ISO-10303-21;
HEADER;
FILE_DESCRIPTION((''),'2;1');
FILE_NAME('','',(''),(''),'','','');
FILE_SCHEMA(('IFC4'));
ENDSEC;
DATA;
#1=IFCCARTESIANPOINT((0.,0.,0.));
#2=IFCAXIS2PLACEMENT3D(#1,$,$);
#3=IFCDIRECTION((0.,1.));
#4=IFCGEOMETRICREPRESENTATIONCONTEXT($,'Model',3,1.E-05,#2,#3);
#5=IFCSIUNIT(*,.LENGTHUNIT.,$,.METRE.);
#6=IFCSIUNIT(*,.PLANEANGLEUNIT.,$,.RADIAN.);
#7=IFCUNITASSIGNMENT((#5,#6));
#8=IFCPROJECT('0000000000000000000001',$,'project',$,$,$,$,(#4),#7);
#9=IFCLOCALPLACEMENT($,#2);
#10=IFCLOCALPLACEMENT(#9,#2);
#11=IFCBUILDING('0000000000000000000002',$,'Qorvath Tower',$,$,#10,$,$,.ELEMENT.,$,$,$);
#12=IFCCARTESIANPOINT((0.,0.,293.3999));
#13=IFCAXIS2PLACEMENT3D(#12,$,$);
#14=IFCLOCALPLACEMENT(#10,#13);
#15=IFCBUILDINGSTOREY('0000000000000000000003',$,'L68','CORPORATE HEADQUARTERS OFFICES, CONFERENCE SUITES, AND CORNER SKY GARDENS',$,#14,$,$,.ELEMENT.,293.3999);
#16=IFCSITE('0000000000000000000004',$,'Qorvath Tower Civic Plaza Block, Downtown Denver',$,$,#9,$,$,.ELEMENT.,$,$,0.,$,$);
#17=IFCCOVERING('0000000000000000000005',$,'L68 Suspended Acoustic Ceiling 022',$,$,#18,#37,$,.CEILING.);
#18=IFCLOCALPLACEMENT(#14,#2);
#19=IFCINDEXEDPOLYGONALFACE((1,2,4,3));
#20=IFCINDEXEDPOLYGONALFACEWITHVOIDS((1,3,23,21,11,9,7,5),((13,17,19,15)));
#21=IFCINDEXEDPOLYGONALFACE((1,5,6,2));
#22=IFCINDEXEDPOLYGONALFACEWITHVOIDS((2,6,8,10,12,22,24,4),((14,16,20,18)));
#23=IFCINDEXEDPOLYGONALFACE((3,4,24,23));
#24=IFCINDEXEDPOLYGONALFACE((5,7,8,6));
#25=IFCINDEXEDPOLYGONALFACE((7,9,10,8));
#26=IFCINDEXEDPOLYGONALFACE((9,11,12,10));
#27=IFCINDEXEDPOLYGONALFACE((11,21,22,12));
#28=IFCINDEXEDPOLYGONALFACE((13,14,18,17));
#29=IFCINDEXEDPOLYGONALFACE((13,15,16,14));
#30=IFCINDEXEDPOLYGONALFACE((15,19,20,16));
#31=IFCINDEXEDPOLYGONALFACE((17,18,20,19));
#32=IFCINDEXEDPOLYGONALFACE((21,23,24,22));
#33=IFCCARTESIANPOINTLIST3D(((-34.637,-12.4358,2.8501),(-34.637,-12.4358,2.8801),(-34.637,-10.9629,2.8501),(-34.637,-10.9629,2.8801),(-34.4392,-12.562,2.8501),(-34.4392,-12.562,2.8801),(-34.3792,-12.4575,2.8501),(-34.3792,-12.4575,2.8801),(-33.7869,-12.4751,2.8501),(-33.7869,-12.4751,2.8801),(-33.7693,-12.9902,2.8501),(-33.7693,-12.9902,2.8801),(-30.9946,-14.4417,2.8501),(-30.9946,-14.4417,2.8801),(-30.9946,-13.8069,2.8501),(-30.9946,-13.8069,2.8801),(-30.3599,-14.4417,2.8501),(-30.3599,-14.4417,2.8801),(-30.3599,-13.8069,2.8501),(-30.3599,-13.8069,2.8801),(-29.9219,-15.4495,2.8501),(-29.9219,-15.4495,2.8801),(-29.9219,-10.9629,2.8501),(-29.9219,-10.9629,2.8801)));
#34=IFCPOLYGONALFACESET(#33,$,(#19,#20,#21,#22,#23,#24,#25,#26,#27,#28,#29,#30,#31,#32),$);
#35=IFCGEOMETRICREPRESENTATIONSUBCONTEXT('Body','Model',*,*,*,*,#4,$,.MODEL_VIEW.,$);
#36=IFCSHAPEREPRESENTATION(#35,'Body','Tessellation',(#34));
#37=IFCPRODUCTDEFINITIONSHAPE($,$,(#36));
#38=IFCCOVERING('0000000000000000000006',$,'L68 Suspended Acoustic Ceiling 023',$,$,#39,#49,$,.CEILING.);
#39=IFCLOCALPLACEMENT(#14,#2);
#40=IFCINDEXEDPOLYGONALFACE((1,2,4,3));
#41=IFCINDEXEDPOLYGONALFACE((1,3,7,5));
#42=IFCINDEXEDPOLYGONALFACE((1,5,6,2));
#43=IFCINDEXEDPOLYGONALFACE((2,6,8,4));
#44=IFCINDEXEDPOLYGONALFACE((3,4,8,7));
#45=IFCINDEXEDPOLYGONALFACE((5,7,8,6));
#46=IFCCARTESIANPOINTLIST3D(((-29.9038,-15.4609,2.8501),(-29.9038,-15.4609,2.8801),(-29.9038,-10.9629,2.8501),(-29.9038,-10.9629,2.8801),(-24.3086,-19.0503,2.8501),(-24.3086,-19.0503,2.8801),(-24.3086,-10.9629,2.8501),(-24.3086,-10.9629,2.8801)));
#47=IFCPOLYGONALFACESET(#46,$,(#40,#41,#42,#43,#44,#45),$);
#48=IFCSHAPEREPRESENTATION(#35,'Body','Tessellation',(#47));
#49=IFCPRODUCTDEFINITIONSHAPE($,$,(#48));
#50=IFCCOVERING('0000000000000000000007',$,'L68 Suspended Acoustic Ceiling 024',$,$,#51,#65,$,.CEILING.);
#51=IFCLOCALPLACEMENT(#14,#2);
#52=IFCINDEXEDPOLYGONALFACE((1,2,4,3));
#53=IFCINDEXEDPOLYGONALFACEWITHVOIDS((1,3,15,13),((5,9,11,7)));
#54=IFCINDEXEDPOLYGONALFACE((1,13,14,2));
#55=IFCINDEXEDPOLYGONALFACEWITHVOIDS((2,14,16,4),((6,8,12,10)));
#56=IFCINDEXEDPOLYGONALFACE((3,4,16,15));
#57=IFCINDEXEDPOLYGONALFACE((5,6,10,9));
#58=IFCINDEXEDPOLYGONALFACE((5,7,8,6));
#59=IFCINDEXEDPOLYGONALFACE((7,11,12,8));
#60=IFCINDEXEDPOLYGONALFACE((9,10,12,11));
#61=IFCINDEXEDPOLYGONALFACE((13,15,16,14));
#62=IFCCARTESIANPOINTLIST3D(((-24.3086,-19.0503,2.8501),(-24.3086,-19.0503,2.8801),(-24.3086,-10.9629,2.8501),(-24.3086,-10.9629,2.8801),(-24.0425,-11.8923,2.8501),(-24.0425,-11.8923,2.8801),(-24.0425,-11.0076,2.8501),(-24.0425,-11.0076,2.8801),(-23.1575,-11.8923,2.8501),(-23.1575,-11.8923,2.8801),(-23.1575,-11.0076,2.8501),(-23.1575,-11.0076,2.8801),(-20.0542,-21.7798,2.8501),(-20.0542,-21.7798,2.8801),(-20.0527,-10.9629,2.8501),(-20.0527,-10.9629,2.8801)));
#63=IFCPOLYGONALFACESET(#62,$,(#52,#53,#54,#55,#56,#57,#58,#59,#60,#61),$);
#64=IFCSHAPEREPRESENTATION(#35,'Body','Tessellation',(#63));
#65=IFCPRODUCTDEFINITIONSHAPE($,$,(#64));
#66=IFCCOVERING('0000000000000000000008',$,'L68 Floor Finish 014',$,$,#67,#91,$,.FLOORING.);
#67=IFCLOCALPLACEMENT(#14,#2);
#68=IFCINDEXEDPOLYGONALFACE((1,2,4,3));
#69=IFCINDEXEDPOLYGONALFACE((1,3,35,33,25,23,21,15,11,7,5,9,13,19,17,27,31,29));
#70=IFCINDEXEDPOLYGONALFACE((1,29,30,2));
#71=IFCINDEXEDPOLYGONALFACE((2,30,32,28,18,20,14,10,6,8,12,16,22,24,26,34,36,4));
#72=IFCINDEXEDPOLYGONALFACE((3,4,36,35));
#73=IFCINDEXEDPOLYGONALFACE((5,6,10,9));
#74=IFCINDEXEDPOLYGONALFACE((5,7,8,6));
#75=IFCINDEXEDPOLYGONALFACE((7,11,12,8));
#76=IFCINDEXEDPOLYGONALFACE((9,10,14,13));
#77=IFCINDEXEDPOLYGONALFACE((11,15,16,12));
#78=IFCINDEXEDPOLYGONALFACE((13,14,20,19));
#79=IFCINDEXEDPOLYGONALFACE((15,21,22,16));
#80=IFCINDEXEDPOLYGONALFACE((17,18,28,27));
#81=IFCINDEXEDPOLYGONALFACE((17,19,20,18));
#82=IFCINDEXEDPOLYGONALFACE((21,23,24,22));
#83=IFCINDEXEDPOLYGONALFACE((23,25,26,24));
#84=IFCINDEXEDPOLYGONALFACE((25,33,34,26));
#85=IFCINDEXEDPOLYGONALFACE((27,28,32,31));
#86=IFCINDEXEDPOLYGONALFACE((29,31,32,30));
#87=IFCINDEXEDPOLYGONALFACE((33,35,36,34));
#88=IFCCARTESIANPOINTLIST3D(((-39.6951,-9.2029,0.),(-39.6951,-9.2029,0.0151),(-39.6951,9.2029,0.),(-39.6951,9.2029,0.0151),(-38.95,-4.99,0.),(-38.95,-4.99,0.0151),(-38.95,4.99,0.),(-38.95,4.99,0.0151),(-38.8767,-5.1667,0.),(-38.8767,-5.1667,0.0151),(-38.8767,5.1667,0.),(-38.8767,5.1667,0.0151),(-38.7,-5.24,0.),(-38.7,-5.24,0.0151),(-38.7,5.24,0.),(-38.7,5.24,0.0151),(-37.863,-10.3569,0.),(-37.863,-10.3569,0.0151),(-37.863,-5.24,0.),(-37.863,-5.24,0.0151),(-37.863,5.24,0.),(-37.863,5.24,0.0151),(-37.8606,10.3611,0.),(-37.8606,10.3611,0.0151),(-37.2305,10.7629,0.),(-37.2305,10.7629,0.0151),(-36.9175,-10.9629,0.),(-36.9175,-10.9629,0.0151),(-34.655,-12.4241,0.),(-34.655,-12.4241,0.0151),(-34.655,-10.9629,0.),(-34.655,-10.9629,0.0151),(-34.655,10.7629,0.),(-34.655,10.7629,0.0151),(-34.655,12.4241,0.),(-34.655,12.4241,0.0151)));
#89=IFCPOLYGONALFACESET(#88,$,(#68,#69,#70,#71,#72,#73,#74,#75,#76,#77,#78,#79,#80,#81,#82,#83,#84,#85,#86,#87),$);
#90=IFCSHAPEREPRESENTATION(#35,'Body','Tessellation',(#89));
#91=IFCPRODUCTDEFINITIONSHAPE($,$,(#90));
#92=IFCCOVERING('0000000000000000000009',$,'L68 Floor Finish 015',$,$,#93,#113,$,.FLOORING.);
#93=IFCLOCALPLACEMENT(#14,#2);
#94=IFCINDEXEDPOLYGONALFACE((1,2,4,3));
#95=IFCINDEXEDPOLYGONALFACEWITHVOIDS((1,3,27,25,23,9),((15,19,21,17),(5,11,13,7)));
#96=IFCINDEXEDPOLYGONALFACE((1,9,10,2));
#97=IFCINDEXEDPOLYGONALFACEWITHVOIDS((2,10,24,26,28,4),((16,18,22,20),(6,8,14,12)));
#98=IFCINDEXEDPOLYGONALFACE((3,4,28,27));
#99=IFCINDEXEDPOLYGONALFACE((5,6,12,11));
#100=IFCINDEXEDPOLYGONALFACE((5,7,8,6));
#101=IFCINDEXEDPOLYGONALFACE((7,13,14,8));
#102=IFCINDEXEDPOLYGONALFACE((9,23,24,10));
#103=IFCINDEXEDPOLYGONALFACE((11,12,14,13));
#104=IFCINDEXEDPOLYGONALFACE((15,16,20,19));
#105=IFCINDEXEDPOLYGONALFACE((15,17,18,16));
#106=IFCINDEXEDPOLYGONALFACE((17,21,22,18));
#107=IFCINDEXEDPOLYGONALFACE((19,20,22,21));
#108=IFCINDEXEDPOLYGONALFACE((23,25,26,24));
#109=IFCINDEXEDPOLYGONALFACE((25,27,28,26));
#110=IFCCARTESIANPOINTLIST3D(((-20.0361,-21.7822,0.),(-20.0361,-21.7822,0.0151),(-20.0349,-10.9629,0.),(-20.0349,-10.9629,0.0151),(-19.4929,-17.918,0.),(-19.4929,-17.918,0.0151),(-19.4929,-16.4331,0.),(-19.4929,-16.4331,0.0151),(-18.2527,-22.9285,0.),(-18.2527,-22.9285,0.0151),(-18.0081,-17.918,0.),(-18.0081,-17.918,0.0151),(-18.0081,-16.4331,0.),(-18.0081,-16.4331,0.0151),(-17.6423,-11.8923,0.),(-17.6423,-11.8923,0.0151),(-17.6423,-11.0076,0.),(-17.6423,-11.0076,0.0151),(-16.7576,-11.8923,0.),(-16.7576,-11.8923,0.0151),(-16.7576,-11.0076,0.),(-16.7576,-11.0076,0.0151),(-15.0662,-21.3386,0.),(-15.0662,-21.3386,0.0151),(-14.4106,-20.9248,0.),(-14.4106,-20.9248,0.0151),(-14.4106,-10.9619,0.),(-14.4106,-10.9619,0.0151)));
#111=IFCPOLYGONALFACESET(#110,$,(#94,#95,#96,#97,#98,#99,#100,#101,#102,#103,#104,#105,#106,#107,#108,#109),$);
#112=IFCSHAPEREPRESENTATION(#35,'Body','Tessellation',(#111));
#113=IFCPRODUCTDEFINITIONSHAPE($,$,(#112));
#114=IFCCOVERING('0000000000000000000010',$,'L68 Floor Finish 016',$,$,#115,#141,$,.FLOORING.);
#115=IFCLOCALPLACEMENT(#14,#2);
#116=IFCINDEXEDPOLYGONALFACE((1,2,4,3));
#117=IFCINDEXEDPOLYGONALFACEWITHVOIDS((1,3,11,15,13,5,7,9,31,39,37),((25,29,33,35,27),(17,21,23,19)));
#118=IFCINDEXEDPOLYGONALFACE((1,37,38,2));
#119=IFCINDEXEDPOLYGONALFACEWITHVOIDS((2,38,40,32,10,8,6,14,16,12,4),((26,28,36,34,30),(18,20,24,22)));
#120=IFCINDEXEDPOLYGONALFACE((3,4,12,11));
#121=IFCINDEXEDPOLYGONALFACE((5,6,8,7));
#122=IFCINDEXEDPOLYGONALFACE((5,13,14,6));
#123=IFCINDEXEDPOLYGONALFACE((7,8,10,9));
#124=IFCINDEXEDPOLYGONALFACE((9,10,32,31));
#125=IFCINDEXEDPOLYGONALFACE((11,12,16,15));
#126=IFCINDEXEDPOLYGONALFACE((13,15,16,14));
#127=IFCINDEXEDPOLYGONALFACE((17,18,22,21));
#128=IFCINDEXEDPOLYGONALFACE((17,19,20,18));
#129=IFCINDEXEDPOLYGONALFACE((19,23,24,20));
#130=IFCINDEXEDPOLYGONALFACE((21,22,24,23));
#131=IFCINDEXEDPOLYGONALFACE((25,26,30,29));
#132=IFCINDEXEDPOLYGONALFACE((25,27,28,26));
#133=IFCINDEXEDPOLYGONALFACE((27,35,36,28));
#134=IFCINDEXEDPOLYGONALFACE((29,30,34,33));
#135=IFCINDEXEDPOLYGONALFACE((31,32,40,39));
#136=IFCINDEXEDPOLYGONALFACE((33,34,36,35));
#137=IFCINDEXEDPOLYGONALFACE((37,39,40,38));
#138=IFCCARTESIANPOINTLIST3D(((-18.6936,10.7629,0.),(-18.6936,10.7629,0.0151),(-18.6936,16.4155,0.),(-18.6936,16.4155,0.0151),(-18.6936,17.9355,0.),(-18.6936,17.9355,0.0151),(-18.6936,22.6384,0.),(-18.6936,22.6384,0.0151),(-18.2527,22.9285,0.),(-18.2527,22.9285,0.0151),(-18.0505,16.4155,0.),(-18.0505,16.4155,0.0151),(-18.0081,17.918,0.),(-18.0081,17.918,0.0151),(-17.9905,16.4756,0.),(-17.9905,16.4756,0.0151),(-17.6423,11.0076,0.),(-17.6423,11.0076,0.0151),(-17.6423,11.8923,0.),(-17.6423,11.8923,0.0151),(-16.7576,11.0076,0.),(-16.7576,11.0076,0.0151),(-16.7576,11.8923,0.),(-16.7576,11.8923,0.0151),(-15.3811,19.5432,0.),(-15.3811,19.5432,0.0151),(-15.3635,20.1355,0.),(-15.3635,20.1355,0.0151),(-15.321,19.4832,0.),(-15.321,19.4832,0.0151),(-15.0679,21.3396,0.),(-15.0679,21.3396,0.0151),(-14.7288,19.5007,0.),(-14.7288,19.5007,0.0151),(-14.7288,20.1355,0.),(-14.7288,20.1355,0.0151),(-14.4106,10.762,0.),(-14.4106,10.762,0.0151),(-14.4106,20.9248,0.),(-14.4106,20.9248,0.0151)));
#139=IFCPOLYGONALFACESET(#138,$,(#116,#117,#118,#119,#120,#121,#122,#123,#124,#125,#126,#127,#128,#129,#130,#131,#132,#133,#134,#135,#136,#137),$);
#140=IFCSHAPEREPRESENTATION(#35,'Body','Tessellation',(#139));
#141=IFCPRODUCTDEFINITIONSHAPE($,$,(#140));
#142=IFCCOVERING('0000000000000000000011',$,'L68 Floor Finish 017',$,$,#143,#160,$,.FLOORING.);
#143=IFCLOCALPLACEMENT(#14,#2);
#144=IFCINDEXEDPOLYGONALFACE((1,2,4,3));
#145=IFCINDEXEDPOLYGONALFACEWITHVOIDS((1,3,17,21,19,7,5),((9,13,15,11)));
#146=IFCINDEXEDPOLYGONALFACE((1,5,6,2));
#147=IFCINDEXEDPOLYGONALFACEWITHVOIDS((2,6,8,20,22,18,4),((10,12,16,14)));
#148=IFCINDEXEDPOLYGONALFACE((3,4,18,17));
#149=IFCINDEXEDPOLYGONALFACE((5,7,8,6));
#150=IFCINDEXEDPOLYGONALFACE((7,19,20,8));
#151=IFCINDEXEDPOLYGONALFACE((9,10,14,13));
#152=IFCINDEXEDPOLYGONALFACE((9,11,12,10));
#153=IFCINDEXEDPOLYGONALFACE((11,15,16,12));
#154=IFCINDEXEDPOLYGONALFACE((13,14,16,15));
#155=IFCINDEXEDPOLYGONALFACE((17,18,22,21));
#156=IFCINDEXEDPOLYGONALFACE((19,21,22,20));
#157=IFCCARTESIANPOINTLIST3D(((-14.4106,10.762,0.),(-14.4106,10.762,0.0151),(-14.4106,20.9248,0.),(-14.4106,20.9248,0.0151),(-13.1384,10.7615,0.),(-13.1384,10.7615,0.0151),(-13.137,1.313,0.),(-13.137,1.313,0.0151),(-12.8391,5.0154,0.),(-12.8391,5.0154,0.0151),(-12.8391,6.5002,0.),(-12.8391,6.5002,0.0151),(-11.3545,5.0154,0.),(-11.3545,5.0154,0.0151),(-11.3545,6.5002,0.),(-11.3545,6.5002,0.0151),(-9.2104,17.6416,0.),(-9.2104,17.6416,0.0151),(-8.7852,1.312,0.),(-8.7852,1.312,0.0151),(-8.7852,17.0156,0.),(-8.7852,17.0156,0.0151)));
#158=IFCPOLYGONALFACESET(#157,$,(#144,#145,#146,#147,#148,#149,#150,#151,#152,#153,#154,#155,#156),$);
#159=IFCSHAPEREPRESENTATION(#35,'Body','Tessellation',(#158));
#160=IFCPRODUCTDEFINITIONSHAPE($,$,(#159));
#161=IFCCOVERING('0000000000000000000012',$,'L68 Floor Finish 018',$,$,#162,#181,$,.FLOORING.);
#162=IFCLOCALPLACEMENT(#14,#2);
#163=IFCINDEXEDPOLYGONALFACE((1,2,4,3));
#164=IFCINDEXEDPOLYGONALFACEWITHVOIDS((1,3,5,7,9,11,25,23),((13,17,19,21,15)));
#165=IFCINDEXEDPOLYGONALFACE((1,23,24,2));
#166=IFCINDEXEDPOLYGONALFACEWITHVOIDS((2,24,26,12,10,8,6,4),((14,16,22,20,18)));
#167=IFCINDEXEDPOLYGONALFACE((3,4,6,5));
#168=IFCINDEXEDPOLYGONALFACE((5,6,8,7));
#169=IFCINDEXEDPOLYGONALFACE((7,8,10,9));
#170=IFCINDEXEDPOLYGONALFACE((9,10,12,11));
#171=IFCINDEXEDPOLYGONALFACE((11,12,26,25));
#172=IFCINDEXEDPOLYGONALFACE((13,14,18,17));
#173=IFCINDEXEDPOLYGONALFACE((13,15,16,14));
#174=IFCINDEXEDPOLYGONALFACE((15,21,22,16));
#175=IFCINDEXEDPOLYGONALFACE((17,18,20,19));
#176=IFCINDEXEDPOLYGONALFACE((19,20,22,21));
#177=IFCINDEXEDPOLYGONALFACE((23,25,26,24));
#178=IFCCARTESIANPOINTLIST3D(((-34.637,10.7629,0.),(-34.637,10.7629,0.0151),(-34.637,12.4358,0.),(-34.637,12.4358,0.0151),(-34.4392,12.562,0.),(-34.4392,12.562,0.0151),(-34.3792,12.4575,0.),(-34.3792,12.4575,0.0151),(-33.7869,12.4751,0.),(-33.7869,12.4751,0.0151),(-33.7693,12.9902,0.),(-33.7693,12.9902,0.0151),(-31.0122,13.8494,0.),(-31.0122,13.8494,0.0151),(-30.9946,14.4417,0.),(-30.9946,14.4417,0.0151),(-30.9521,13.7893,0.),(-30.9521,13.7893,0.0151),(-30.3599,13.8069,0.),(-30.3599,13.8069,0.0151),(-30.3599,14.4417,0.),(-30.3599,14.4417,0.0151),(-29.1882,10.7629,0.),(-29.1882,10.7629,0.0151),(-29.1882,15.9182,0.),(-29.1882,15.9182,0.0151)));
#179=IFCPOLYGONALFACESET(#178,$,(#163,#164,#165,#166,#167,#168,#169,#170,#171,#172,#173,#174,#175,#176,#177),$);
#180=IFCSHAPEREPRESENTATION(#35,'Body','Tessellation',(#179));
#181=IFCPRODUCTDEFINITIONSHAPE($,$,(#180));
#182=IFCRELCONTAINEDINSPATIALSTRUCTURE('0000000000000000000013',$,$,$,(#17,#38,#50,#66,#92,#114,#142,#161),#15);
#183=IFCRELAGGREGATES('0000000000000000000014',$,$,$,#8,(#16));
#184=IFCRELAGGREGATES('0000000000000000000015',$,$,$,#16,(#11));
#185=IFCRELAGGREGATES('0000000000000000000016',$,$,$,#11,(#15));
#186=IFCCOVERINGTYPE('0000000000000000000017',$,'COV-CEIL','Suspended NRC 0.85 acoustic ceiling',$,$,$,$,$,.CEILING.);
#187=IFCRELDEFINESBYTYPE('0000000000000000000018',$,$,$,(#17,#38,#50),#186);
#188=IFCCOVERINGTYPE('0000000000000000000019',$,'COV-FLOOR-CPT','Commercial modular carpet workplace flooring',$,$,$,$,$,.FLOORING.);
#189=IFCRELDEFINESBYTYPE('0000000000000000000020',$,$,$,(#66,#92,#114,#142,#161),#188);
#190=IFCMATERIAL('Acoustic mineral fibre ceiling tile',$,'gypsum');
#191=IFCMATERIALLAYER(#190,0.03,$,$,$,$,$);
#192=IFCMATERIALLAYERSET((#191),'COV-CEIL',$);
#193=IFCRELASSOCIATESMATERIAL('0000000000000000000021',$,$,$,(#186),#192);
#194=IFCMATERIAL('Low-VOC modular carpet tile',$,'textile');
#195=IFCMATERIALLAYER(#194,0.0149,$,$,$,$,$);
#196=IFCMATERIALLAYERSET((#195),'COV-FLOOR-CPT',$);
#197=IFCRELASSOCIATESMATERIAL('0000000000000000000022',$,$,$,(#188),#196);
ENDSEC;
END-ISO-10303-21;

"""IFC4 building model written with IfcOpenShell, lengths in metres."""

from ifc_helpers import new_model, si_unit, direction, frame, origin, place, context, subcontext, project, spatial, polyline, outline, extrude, material, layer, layer_set, type_object, element, save


model = new_model("IFC4")

# Units and contexts
model_context = context("Model", 3, precision=1e-05, world=origin(), true_north=direction((0.0, 1.0)))
body_context = subcontext(model_context, "Body", "Model", "MODEL_VIEW")
ifc_project = project(units=[si_unit("LENGTHUNIT", "METRE"), si_unit("PLANEANGLEUNIT", "RADIAN")], contexts=[model_context])

# Site, building, storey
site_placement = place(None, origin())
site = spatial("IfcSite", under=ifc_project, at=site_placement, Name="Qorvath Tower Civic Plaza Block, Downtown Denver", CompositionType="ELEMENT", RefElevation=0.0)
building_placement = place(site_placement, origin())
building = spatial("IfcBuilding", under=site, at=building_placement, Name="Qorvath Tower", CompositionType="ELEMENT")
storey_placement = place(building_placement, frame((0.0, 0.0, 293.3999)))
storey = spatial("IfcBuildingStorey", under=building, at=storey_placement, Name="L68", Description="CORPORATE HEADQUARTERS OFFICES, CONFERENCE SUITES, AND CORNER SKY GARDENS", CompositionType="ELEMENT", Elevation=293.3999)

# Coverings
ifc_material_1 = material(Name="Acoustic mineral fibre ceiling tile", Category="gypsum")
ifc_layer_1 = layer(ifc_material_1, 0.03)
ifc_layer_set_1 = layer_set([ifc_layer_1], Name="COV-CEIL")
covering_type_1 = type_object("IfcCoveringType", Name="COV-CEIL", Description="Suspended NRC 0.85 acoustic ceiling", PredefinedType="CEILING", material=ifc_layer_set_1)
covering_1_placement = place(storey_placement, frame((0.0, 0.0, 2.8501)))
element("IfcCovering", 1, at=covering_1_placement, inside=storey, type_object=covering_type_1, Name="L68 Suspended Acoustic Ceiling 022", PredefinedType="CEILING", context=body_context, shape_type="SweptSolid", body=[
    extrude(outline(polyline([(-34.637, -12.4358), (-34.4392, -12.562), (-34.3792, -12.4575), (-33.7869, -12.4751), (-33.7693, -12.9902), (-29.9219, -15.4495), (-29.9219, -10.9629), (-34.637, -10.9629), (-34.637, -12.4358)]), holes=[polyline([(-30.9946, -13.8069), (-30.3599, -13.8069), (-30.3599, -14.4417), (-30.9946, -14.4417), (-30.9946, -13.8069)])]), origin(), (0.0, 0.0, 1.0), 0.03),
])
covering_2_placement = place(storey_placement, frame((0.0, 0.0, 2.8501)))
element("IfcCovering", 2, at=covering_2_placement, inside=storey, type_object=covering_type_1, Name="L68 Suspended Acoustic Ceiling 023", PredefinedType="CEILING", context=body_context, shape_type="SweptSolid", body=[
    extrude(outline(polyline([(-29.9038, -10.9629), (-29.9038, -15.4609), (-24.3086, -19.0503), (-24.3086, -10.9629), (-29.9038, -10.9629)])), origin(), (0.0, 0.0, 1.0), 0.03),
])
covering_3_placement = place(storey_placement, frame((0.0, 0.0, 2.8501)))
element("IfcCovering", 3, at=covering_3_placement, inside=storey, type_object=covering_type_1, Name="L68 Suspended Acoustic Ceiling 024", PredefinedType="CEILING", context=body_context, shape_type="SweptSolid", body=[
    extrude(outline(polyline([(-24.3086, -10.9629), (-24.3086, -19.0503), (-20.0542, -21.7798), (-20.0527, -10.9629), (-24.3086, -10.9629)]), holes=[polyline([(-24.0425, -11.8923), (-24.0425, -11.0076), (-23.1575, -11.0076), (-23.1575, -11.8923), (-24.0425, -11.8923)])]), origin(), (0.0, 0.0, 1.0), 0.03),
])
ifc_material_2 = material(Name="Low-VOC modular carpet tile", Category="textile")
ifc_layer_2 = layer(ifc_material_2, 0.0149)
ifc_layer_set_2 = layer_set([ifc_layer_2], Name="COV-FLOOR-CPT")
covering_type_2 = type_object("IfcCoveringType", Name="COV-FLOOR-CPT", Description="Commercial modular carpet workplace flooring", PredefinedType="FLOORING", material=ifc_layer_set_2)
covering_4_placement = place(storey_placement, origin())
element("IfcCovering", 4, at=covering_4_placement, inside=storey, type_object=covering_type_2, Name="L68 Floor Finish 014", PredefinedType="FLOORING", context=body_context, shape_type="SweptSolid", body=[
    extrude(outline(polyline([(-34.655, 10.7629), (-34.655, 12.4241), (-39.6951, 9.2029), (-39.6951, -9.2029), (-34.655, -12.4241), (-34.655, -10.9629), (-36.9175, -10.9629), (-37.863, -10.3569), (-37.863, -5.24), (-38.7, -5.24), (-38.8767, -5.1667), (-38.95, -4.99), (-38.95, 4.99), (-38.8767, 5.1667), (-38.7, 5.24), (-37.863, 5.24), (-37.8606, 10.3611), (-37.2305, 10.7629), (-34.655, 10.7629)])), origin(), (0.0, 0.0, 1.0), 0.0151),
])
covering_5_placement = place(storey_placement, origin())
element("IfcCovering", 5, at=covering_5_placement, inside=storey, type_object=covering_type_2, Name="L68 Floor Finish 015", PredefinedType="FLOORING", context=body_context, shape_type="SweptSolid", body=[
    extrude(outline(polyline([(-20.0349, -10.9629), (-20.0361, -21.7822), (-18.2527, -22.9285), (-15.0662, -21.3386), (-14.4106, -20.9248), (-14.4106, -10.9619), (-20.0349, -10.9629)]), holes=[polyline([(-17.6423, -11.8923), (-17.6423, -11.0076), (-16.7576, -11.0076), (-16.7576, -11.8923), (-17.6423, -11.8923)]), polyline([(-19.4929, -17.918), (-19.4929, -16.4331), (-18.0081, -16.4331), (-18.0081, -17.918), (-19.4929, -17.918)])]), origin(), (0.0, 0.0, 1.0), 0.0151),
])
covering_6_placement = place(storey_placement, origin())
element("IfcCovering", 6, at=covering_6_placement, inside=storey, type_object=covering_type_2, Name="L68 Floor Finish 016", PredefinedType="FLOORING", context=body_context, shape_type="SweptSolid", body=[
    extrude(outline(polyline([(-14.4106, 10.762), (-14.4106, 20.9248), (-15.0679, 21.3396), (-18.2527, 22.9285), (-18.6936, 22.6384), (-18.6936, 17.9355), (-18.0081, 17.918), (-17.9905, 16.4756), (-18.0505, 16.4155), (-18.6936, 16.4155), (-18.6936, 10.7629), (-14.4106, 10.762)]), holes=[polyline([(-15.3811, 19.5432), (-15.3635, 20.1355), (-14.7288, 20.1355), (-14.7288, 19.5007), (-15.321, 19.4832), (-15.3811, 19.5432)]), polyline([(-17.6423, 11.0076), (-17.6423, 11.8923), (-16.7576, 11.8923), (-16.7576, 11.0076), (-17.6423, 11.0076)])]), origin(), (0.0, 0.0, 1.0), 0.0151),
])
covering_7_placement = place(storey_placement, origin())
element("IfcCovering", 7, at=covering_7_placement, inside=storey, type_object=covering_type_2, Name="L68 Floor Finish 017", PredefinedType="FLOORING", context=body_context, shape_type="SweptSolid", body=[
    extrude(outline(polyline([(-8.7852, 1.312), (-8.7852, 17.0156), (-9.2104, 17.6416), (-14.4106, 20.9248), (-14.4106, 10.762), (-13.1384, 10.7615), (-13.137, 1.313), (-8.7852, 1.312)]), holes=[polyline([(-12.8391, 5.0154), (-12.8391, 6.5002), (-11.3545, 6.5002), (-11.3545, 5.0154), (-12.8391, 5.0154)])]), origin(), (0.0, 0.0, 1.0), 0.0151),
])
covering_8_placement = place(storey_placement, origin())
element("IfcCovering", 8, at=covering_8_placement, inside=storey, type_object=covering_type_2, Name="L68 Floor Finish 018", PredefinedType="FLOORING", context=body_context, shape_type="SweptSolid", body=[
    extrude(outline(polyline([(-29.1882, 15.9182), (-33.7693, 12.9902), (-33.7869, 12.4751), (-34.3792, 12.4575), (-34.4392, 12.562), (-34.637, 12.4358), (-34.637, 10.7629), (-29.1882, 10.7629), (-29.1882, 15.9182)]), holes=[polyline([(-30.9946, 14.4417), (-30.3599, 14.4417), (-30.3599, 13.8069), (-30.9521, 13.7893), (-31.0122, 13.8494), (-30.9946, 14.4417)])]), origin(), (0.0, 0.0, 1.0), 0.0151),
])

save(model, "model.ifc")
